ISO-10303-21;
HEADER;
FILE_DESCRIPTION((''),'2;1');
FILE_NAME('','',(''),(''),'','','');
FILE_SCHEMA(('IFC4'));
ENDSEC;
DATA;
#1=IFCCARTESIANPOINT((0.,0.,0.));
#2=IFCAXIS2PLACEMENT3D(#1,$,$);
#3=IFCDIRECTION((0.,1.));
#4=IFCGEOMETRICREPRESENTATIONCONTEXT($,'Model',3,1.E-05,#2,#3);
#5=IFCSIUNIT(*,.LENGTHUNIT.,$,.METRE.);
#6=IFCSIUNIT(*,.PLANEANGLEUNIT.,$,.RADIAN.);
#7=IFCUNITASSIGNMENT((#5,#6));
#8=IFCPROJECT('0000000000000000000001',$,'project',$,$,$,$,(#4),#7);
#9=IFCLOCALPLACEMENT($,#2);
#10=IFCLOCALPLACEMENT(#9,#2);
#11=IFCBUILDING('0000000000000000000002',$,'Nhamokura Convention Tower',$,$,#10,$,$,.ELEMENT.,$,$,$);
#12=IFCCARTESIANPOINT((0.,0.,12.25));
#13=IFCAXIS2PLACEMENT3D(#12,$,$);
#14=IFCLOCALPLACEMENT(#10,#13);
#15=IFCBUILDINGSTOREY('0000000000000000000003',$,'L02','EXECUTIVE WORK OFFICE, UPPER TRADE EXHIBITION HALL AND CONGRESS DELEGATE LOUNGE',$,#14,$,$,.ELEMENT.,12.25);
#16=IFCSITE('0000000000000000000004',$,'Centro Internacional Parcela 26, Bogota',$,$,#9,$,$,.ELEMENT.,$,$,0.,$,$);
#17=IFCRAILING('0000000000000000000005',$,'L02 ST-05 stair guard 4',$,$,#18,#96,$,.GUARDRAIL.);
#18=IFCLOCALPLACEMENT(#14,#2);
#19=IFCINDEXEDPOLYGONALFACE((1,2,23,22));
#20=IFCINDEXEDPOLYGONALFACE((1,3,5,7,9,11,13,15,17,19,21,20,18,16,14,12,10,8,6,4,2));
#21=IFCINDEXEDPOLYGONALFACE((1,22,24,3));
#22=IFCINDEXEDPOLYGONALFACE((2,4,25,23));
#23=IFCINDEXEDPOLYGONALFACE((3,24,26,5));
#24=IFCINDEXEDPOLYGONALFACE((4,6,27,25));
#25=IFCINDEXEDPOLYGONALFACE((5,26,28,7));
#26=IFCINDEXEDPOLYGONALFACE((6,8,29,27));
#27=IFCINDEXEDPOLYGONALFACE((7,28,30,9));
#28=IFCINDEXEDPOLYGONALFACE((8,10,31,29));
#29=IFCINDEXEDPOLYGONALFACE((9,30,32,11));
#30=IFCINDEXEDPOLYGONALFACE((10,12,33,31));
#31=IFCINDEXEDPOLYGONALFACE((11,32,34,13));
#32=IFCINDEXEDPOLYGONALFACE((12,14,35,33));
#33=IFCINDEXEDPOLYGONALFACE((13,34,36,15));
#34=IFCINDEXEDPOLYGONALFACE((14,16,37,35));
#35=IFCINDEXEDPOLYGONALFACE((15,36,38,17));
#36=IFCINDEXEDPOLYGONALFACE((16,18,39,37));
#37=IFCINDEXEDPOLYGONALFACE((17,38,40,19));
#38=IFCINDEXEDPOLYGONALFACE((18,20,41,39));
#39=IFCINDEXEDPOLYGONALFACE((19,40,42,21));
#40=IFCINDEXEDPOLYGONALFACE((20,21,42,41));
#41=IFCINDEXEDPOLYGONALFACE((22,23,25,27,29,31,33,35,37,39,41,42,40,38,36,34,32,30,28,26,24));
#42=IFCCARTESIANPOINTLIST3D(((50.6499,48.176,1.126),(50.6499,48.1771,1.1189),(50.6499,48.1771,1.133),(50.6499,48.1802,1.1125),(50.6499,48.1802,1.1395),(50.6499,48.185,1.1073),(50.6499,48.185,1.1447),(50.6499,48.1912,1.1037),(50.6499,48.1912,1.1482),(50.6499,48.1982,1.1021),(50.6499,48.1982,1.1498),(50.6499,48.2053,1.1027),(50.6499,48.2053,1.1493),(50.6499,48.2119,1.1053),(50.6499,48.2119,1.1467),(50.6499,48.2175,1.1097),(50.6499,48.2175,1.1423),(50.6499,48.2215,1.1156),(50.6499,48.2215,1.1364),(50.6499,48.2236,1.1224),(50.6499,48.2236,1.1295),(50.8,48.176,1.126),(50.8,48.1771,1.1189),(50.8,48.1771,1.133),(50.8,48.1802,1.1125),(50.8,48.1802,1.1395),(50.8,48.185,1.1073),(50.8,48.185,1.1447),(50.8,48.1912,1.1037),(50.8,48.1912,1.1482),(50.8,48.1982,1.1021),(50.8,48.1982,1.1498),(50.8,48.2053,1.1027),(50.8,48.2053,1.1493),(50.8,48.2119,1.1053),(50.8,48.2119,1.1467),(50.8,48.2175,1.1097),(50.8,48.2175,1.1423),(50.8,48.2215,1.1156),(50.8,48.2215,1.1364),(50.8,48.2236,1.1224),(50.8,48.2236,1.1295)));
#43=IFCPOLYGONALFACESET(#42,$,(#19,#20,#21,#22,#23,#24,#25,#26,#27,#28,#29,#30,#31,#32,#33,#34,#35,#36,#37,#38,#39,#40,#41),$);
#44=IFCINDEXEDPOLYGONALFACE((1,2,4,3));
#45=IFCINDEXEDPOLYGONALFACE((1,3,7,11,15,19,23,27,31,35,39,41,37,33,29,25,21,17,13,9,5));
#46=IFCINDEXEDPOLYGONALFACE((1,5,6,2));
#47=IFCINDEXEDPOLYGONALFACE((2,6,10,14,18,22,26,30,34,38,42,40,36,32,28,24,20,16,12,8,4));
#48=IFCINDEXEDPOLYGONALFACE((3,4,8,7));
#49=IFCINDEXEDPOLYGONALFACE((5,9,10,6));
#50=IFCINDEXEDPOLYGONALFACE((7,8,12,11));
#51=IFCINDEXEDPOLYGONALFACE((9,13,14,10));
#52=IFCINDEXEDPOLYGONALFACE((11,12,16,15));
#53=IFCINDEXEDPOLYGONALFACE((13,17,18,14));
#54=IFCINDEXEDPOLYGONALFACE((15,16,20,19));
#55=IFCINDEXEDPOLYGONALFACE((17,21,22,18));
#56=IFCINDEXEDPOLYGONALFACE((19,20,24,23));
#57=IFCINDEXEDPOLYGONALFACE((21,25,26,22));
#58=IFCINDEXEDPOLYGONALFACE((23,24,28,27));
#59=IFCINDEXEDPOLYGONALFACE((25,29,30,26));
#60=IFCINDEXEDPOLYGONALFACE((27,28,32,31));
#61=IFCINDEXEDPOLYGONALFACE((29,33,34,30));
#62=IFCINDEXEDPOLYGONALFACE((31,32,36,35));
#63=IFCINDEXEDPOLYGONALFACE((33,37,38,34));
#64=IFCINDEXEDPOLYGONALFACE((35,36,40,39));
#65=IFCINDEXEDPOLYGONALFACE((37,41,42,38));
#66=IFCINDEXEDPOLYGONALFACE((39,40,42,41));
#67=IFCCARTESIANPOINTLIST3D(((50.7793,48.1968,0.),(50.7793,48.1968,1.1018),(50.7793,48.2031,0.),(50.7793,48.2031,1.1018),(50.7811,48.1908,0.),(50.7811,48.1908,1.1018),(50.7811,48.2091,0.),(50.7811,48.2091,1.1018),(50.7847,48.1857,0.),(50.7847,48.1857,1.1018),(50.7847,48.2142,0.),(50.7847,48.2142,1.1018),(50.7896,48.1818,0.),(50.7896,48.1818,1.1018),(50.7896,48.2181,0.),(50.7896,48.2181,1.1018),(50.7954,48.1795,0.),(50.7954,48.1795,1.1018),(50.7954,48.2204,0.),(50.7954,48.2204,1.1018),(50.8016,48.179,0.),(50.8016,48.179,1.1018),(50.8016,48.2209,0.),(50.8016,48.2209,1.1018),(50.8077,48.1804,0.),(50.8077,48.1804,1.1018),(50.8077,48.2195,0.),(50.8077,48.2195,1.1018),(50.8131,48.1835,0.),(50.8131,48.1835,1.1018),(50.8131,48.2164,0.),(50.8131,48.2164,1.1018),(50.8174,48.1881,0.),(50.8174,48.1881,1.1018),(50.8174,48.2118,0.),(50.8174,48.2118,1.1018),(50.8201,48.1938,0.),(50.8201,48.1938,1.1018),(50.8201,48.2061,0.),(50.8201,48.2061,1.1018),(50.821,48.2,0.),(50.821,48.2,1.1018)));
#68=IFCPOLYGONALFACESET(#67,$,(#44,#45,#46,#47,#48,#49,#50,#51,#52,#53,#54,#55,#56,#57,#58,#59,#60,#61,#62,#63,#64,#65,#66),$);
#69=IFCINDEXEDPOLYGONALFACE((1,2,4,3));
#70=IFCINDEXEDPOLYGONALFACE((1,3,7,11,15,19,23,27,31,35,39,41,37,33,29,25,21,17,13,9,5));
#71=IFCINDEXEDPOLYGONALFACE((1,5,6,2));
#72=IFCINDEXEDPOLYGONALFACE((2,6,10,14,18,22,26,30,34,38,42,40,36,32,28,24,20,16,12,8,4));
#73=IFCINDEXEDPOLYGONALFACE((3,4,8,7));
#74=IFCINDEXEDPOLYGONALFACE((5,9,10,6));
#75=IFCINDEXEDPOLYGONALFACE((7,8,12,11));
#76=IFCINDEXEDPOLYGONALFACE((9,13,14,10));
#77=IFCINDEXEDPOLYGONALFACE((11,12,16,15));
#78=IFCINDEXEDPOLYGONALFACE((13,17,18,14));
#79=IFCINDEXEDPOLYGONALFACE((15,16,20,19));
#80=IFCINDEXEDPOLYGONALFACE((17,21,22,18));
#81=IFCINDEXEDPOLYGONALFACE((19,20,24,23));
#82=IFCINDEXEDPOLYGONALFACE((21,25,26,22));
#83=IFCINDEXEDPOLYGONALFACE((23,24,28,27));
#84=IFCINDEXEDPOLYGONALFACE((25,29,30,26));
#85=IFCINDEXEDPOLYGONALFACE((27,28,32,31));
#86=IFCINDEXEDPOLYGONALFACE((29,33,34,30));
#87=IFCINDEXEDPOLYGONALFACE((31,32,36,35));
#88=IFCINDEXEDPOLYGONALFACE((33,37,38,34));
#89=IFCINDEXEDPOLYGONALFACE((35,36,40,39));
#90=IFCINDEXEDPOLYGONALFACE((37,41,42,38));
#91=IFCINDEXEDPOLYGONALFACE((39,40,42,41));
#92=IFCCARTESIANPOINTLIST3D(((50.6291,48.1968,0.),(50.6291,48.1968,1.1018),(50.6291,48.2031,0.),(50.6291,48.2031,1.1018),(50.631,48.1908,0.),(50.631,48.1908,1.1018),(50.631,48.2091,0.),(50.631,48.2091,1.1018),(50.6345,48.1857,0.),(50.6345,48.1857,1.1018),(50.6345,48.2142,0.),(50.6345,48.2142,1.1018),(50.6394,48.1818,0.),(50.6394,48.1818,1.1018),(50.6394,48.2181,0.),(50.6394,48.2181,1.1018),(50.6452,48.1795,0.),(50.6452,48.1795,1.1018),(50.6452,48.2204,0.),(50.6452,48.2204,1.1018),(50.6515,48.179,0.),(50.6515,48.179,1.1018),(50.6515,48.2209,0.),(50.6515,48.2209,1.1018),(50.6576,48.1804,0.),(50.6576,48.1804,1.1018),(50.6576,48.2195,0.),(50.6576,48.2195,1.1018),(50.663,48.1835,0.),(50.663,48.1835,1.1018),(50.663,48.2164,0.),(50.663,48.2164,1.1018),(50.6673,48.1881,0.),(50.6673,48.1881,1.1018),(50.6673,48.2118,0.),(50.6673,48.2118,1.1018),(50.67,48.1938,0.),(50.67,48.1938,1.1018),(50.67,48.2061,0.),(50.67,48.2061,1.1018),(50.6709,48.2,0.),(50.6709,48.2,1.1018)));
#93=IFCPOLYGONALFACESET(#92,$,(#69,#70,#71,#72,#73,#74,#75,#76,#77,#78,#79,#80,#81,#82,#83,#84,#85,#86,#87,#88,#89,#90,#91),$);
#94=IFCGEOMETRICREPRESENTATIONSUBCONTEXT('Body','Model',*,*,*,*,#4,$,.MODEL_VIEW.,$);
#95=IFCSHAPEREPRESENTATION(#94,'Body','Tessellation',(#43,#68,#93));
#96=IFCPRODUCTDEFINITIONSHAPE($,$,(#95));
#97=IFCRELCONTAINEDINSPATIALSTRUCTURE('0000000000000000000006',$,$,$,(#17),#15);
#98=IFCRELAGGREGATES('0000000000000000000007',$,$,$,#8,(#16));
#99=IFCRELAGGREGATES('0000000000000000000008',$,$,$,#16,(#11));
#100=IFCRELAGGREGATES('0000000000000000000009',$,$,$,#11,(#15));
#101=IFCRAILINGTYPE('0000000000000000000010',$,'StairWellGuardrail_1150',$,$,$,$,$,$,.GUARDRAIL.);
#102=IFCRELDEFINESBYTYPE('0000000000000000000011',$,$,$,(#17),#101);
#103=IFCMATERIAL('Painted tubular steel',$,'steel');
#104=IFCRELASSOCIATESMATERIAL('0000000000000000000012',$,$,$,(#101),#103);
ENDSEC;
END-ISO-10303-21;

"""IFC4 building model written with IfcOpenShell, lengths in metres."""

from ifc_helpers import new_model, si_unit, direction, frame, origin, origin_2d, place, context, subcontext, project, spatial, circle, extrude, material, type_object, element, save


model = new_model("IFC4")

# Units and contexts
model_context = context("Model", 3, precision=1e-05, world=origin(), true_north=direction((0.0, 1.0)))
body_context = subcontext(model_context, "Body", "Model", "MODEL_VIEW")
ifc_project = project(units=[si_unit("LENGTHUNIT", "METRE"), si_unit("PLANEANGLEUNIT", "RADIAN")], contexts=[model_context])

# Site, building, storey
site_placement = place(None, origin())
site = spatial("IfcSite", under=ifc_project, at=site_placement, Name="Centro Internacional Parcela 26, Bogota", CompositionType="ELEMENT", RefElevation=0.0)
building_placement = place(site_placement, origin())
building = spatial("IfcBuilding", under=site, at=building_placement, Name="Nhamokura Convention Tower", CompositionType="ELEMENT")
storey_placement = place(building_placement, frame((0.0, 0.0, 12.25)))
storey = spatial("IfcBuildingStorey", under=building, at=storey_placement, Name="L02", Description="EXECUTIVE WORK OFFICE, UPPER TRADE EXHIBITION HALL AND CONGRESS DELEGATE LOUNGE", CompositionType="ELEMENT", Elevation=12.25)

# Railing
ifc_material_1 = material(Name="Painted tubular steel", Category="steel")
railing_type_1 = type_object("IfcRailingType", Name="StairWellGuardrail_1150", PredefinedType="GUARDRAIL", material=ifc_material_1)
railing_1_placement = place(storey_placement, frame((50.8, 48.2, 0.0)))
element("IfcRailing", 1, at=railing_1_placement, inside=storey, type_object=railing_type_1, Name="L02 ST-05 stair guard 4", PredefinedType="GUARDRAIL", context=body_context, shape_type="SweptSolid", body=[
    extrude(circle(Radius=0.0239, at=origin_2d()), frame((0.0, 0.0, 1.126), z_axis=(-1.0, 0.0, 0.0), x_axis=(0.0, -1.0, 0.0)), (0.0, 0.0, 1.0), 0.1501),
    extrude(circle(Radius=0.021, at=origin_2d()), origin(), (0.0, 0.0, 1.0), 1.1018),
    extrude(circle(Radius=0.021, at=origin_2d()), frame((-0.1501, 0.0, 0.0)), (0.0, 0.0, 1.0), 1.1018),
])

save(model, "model.ifc")
